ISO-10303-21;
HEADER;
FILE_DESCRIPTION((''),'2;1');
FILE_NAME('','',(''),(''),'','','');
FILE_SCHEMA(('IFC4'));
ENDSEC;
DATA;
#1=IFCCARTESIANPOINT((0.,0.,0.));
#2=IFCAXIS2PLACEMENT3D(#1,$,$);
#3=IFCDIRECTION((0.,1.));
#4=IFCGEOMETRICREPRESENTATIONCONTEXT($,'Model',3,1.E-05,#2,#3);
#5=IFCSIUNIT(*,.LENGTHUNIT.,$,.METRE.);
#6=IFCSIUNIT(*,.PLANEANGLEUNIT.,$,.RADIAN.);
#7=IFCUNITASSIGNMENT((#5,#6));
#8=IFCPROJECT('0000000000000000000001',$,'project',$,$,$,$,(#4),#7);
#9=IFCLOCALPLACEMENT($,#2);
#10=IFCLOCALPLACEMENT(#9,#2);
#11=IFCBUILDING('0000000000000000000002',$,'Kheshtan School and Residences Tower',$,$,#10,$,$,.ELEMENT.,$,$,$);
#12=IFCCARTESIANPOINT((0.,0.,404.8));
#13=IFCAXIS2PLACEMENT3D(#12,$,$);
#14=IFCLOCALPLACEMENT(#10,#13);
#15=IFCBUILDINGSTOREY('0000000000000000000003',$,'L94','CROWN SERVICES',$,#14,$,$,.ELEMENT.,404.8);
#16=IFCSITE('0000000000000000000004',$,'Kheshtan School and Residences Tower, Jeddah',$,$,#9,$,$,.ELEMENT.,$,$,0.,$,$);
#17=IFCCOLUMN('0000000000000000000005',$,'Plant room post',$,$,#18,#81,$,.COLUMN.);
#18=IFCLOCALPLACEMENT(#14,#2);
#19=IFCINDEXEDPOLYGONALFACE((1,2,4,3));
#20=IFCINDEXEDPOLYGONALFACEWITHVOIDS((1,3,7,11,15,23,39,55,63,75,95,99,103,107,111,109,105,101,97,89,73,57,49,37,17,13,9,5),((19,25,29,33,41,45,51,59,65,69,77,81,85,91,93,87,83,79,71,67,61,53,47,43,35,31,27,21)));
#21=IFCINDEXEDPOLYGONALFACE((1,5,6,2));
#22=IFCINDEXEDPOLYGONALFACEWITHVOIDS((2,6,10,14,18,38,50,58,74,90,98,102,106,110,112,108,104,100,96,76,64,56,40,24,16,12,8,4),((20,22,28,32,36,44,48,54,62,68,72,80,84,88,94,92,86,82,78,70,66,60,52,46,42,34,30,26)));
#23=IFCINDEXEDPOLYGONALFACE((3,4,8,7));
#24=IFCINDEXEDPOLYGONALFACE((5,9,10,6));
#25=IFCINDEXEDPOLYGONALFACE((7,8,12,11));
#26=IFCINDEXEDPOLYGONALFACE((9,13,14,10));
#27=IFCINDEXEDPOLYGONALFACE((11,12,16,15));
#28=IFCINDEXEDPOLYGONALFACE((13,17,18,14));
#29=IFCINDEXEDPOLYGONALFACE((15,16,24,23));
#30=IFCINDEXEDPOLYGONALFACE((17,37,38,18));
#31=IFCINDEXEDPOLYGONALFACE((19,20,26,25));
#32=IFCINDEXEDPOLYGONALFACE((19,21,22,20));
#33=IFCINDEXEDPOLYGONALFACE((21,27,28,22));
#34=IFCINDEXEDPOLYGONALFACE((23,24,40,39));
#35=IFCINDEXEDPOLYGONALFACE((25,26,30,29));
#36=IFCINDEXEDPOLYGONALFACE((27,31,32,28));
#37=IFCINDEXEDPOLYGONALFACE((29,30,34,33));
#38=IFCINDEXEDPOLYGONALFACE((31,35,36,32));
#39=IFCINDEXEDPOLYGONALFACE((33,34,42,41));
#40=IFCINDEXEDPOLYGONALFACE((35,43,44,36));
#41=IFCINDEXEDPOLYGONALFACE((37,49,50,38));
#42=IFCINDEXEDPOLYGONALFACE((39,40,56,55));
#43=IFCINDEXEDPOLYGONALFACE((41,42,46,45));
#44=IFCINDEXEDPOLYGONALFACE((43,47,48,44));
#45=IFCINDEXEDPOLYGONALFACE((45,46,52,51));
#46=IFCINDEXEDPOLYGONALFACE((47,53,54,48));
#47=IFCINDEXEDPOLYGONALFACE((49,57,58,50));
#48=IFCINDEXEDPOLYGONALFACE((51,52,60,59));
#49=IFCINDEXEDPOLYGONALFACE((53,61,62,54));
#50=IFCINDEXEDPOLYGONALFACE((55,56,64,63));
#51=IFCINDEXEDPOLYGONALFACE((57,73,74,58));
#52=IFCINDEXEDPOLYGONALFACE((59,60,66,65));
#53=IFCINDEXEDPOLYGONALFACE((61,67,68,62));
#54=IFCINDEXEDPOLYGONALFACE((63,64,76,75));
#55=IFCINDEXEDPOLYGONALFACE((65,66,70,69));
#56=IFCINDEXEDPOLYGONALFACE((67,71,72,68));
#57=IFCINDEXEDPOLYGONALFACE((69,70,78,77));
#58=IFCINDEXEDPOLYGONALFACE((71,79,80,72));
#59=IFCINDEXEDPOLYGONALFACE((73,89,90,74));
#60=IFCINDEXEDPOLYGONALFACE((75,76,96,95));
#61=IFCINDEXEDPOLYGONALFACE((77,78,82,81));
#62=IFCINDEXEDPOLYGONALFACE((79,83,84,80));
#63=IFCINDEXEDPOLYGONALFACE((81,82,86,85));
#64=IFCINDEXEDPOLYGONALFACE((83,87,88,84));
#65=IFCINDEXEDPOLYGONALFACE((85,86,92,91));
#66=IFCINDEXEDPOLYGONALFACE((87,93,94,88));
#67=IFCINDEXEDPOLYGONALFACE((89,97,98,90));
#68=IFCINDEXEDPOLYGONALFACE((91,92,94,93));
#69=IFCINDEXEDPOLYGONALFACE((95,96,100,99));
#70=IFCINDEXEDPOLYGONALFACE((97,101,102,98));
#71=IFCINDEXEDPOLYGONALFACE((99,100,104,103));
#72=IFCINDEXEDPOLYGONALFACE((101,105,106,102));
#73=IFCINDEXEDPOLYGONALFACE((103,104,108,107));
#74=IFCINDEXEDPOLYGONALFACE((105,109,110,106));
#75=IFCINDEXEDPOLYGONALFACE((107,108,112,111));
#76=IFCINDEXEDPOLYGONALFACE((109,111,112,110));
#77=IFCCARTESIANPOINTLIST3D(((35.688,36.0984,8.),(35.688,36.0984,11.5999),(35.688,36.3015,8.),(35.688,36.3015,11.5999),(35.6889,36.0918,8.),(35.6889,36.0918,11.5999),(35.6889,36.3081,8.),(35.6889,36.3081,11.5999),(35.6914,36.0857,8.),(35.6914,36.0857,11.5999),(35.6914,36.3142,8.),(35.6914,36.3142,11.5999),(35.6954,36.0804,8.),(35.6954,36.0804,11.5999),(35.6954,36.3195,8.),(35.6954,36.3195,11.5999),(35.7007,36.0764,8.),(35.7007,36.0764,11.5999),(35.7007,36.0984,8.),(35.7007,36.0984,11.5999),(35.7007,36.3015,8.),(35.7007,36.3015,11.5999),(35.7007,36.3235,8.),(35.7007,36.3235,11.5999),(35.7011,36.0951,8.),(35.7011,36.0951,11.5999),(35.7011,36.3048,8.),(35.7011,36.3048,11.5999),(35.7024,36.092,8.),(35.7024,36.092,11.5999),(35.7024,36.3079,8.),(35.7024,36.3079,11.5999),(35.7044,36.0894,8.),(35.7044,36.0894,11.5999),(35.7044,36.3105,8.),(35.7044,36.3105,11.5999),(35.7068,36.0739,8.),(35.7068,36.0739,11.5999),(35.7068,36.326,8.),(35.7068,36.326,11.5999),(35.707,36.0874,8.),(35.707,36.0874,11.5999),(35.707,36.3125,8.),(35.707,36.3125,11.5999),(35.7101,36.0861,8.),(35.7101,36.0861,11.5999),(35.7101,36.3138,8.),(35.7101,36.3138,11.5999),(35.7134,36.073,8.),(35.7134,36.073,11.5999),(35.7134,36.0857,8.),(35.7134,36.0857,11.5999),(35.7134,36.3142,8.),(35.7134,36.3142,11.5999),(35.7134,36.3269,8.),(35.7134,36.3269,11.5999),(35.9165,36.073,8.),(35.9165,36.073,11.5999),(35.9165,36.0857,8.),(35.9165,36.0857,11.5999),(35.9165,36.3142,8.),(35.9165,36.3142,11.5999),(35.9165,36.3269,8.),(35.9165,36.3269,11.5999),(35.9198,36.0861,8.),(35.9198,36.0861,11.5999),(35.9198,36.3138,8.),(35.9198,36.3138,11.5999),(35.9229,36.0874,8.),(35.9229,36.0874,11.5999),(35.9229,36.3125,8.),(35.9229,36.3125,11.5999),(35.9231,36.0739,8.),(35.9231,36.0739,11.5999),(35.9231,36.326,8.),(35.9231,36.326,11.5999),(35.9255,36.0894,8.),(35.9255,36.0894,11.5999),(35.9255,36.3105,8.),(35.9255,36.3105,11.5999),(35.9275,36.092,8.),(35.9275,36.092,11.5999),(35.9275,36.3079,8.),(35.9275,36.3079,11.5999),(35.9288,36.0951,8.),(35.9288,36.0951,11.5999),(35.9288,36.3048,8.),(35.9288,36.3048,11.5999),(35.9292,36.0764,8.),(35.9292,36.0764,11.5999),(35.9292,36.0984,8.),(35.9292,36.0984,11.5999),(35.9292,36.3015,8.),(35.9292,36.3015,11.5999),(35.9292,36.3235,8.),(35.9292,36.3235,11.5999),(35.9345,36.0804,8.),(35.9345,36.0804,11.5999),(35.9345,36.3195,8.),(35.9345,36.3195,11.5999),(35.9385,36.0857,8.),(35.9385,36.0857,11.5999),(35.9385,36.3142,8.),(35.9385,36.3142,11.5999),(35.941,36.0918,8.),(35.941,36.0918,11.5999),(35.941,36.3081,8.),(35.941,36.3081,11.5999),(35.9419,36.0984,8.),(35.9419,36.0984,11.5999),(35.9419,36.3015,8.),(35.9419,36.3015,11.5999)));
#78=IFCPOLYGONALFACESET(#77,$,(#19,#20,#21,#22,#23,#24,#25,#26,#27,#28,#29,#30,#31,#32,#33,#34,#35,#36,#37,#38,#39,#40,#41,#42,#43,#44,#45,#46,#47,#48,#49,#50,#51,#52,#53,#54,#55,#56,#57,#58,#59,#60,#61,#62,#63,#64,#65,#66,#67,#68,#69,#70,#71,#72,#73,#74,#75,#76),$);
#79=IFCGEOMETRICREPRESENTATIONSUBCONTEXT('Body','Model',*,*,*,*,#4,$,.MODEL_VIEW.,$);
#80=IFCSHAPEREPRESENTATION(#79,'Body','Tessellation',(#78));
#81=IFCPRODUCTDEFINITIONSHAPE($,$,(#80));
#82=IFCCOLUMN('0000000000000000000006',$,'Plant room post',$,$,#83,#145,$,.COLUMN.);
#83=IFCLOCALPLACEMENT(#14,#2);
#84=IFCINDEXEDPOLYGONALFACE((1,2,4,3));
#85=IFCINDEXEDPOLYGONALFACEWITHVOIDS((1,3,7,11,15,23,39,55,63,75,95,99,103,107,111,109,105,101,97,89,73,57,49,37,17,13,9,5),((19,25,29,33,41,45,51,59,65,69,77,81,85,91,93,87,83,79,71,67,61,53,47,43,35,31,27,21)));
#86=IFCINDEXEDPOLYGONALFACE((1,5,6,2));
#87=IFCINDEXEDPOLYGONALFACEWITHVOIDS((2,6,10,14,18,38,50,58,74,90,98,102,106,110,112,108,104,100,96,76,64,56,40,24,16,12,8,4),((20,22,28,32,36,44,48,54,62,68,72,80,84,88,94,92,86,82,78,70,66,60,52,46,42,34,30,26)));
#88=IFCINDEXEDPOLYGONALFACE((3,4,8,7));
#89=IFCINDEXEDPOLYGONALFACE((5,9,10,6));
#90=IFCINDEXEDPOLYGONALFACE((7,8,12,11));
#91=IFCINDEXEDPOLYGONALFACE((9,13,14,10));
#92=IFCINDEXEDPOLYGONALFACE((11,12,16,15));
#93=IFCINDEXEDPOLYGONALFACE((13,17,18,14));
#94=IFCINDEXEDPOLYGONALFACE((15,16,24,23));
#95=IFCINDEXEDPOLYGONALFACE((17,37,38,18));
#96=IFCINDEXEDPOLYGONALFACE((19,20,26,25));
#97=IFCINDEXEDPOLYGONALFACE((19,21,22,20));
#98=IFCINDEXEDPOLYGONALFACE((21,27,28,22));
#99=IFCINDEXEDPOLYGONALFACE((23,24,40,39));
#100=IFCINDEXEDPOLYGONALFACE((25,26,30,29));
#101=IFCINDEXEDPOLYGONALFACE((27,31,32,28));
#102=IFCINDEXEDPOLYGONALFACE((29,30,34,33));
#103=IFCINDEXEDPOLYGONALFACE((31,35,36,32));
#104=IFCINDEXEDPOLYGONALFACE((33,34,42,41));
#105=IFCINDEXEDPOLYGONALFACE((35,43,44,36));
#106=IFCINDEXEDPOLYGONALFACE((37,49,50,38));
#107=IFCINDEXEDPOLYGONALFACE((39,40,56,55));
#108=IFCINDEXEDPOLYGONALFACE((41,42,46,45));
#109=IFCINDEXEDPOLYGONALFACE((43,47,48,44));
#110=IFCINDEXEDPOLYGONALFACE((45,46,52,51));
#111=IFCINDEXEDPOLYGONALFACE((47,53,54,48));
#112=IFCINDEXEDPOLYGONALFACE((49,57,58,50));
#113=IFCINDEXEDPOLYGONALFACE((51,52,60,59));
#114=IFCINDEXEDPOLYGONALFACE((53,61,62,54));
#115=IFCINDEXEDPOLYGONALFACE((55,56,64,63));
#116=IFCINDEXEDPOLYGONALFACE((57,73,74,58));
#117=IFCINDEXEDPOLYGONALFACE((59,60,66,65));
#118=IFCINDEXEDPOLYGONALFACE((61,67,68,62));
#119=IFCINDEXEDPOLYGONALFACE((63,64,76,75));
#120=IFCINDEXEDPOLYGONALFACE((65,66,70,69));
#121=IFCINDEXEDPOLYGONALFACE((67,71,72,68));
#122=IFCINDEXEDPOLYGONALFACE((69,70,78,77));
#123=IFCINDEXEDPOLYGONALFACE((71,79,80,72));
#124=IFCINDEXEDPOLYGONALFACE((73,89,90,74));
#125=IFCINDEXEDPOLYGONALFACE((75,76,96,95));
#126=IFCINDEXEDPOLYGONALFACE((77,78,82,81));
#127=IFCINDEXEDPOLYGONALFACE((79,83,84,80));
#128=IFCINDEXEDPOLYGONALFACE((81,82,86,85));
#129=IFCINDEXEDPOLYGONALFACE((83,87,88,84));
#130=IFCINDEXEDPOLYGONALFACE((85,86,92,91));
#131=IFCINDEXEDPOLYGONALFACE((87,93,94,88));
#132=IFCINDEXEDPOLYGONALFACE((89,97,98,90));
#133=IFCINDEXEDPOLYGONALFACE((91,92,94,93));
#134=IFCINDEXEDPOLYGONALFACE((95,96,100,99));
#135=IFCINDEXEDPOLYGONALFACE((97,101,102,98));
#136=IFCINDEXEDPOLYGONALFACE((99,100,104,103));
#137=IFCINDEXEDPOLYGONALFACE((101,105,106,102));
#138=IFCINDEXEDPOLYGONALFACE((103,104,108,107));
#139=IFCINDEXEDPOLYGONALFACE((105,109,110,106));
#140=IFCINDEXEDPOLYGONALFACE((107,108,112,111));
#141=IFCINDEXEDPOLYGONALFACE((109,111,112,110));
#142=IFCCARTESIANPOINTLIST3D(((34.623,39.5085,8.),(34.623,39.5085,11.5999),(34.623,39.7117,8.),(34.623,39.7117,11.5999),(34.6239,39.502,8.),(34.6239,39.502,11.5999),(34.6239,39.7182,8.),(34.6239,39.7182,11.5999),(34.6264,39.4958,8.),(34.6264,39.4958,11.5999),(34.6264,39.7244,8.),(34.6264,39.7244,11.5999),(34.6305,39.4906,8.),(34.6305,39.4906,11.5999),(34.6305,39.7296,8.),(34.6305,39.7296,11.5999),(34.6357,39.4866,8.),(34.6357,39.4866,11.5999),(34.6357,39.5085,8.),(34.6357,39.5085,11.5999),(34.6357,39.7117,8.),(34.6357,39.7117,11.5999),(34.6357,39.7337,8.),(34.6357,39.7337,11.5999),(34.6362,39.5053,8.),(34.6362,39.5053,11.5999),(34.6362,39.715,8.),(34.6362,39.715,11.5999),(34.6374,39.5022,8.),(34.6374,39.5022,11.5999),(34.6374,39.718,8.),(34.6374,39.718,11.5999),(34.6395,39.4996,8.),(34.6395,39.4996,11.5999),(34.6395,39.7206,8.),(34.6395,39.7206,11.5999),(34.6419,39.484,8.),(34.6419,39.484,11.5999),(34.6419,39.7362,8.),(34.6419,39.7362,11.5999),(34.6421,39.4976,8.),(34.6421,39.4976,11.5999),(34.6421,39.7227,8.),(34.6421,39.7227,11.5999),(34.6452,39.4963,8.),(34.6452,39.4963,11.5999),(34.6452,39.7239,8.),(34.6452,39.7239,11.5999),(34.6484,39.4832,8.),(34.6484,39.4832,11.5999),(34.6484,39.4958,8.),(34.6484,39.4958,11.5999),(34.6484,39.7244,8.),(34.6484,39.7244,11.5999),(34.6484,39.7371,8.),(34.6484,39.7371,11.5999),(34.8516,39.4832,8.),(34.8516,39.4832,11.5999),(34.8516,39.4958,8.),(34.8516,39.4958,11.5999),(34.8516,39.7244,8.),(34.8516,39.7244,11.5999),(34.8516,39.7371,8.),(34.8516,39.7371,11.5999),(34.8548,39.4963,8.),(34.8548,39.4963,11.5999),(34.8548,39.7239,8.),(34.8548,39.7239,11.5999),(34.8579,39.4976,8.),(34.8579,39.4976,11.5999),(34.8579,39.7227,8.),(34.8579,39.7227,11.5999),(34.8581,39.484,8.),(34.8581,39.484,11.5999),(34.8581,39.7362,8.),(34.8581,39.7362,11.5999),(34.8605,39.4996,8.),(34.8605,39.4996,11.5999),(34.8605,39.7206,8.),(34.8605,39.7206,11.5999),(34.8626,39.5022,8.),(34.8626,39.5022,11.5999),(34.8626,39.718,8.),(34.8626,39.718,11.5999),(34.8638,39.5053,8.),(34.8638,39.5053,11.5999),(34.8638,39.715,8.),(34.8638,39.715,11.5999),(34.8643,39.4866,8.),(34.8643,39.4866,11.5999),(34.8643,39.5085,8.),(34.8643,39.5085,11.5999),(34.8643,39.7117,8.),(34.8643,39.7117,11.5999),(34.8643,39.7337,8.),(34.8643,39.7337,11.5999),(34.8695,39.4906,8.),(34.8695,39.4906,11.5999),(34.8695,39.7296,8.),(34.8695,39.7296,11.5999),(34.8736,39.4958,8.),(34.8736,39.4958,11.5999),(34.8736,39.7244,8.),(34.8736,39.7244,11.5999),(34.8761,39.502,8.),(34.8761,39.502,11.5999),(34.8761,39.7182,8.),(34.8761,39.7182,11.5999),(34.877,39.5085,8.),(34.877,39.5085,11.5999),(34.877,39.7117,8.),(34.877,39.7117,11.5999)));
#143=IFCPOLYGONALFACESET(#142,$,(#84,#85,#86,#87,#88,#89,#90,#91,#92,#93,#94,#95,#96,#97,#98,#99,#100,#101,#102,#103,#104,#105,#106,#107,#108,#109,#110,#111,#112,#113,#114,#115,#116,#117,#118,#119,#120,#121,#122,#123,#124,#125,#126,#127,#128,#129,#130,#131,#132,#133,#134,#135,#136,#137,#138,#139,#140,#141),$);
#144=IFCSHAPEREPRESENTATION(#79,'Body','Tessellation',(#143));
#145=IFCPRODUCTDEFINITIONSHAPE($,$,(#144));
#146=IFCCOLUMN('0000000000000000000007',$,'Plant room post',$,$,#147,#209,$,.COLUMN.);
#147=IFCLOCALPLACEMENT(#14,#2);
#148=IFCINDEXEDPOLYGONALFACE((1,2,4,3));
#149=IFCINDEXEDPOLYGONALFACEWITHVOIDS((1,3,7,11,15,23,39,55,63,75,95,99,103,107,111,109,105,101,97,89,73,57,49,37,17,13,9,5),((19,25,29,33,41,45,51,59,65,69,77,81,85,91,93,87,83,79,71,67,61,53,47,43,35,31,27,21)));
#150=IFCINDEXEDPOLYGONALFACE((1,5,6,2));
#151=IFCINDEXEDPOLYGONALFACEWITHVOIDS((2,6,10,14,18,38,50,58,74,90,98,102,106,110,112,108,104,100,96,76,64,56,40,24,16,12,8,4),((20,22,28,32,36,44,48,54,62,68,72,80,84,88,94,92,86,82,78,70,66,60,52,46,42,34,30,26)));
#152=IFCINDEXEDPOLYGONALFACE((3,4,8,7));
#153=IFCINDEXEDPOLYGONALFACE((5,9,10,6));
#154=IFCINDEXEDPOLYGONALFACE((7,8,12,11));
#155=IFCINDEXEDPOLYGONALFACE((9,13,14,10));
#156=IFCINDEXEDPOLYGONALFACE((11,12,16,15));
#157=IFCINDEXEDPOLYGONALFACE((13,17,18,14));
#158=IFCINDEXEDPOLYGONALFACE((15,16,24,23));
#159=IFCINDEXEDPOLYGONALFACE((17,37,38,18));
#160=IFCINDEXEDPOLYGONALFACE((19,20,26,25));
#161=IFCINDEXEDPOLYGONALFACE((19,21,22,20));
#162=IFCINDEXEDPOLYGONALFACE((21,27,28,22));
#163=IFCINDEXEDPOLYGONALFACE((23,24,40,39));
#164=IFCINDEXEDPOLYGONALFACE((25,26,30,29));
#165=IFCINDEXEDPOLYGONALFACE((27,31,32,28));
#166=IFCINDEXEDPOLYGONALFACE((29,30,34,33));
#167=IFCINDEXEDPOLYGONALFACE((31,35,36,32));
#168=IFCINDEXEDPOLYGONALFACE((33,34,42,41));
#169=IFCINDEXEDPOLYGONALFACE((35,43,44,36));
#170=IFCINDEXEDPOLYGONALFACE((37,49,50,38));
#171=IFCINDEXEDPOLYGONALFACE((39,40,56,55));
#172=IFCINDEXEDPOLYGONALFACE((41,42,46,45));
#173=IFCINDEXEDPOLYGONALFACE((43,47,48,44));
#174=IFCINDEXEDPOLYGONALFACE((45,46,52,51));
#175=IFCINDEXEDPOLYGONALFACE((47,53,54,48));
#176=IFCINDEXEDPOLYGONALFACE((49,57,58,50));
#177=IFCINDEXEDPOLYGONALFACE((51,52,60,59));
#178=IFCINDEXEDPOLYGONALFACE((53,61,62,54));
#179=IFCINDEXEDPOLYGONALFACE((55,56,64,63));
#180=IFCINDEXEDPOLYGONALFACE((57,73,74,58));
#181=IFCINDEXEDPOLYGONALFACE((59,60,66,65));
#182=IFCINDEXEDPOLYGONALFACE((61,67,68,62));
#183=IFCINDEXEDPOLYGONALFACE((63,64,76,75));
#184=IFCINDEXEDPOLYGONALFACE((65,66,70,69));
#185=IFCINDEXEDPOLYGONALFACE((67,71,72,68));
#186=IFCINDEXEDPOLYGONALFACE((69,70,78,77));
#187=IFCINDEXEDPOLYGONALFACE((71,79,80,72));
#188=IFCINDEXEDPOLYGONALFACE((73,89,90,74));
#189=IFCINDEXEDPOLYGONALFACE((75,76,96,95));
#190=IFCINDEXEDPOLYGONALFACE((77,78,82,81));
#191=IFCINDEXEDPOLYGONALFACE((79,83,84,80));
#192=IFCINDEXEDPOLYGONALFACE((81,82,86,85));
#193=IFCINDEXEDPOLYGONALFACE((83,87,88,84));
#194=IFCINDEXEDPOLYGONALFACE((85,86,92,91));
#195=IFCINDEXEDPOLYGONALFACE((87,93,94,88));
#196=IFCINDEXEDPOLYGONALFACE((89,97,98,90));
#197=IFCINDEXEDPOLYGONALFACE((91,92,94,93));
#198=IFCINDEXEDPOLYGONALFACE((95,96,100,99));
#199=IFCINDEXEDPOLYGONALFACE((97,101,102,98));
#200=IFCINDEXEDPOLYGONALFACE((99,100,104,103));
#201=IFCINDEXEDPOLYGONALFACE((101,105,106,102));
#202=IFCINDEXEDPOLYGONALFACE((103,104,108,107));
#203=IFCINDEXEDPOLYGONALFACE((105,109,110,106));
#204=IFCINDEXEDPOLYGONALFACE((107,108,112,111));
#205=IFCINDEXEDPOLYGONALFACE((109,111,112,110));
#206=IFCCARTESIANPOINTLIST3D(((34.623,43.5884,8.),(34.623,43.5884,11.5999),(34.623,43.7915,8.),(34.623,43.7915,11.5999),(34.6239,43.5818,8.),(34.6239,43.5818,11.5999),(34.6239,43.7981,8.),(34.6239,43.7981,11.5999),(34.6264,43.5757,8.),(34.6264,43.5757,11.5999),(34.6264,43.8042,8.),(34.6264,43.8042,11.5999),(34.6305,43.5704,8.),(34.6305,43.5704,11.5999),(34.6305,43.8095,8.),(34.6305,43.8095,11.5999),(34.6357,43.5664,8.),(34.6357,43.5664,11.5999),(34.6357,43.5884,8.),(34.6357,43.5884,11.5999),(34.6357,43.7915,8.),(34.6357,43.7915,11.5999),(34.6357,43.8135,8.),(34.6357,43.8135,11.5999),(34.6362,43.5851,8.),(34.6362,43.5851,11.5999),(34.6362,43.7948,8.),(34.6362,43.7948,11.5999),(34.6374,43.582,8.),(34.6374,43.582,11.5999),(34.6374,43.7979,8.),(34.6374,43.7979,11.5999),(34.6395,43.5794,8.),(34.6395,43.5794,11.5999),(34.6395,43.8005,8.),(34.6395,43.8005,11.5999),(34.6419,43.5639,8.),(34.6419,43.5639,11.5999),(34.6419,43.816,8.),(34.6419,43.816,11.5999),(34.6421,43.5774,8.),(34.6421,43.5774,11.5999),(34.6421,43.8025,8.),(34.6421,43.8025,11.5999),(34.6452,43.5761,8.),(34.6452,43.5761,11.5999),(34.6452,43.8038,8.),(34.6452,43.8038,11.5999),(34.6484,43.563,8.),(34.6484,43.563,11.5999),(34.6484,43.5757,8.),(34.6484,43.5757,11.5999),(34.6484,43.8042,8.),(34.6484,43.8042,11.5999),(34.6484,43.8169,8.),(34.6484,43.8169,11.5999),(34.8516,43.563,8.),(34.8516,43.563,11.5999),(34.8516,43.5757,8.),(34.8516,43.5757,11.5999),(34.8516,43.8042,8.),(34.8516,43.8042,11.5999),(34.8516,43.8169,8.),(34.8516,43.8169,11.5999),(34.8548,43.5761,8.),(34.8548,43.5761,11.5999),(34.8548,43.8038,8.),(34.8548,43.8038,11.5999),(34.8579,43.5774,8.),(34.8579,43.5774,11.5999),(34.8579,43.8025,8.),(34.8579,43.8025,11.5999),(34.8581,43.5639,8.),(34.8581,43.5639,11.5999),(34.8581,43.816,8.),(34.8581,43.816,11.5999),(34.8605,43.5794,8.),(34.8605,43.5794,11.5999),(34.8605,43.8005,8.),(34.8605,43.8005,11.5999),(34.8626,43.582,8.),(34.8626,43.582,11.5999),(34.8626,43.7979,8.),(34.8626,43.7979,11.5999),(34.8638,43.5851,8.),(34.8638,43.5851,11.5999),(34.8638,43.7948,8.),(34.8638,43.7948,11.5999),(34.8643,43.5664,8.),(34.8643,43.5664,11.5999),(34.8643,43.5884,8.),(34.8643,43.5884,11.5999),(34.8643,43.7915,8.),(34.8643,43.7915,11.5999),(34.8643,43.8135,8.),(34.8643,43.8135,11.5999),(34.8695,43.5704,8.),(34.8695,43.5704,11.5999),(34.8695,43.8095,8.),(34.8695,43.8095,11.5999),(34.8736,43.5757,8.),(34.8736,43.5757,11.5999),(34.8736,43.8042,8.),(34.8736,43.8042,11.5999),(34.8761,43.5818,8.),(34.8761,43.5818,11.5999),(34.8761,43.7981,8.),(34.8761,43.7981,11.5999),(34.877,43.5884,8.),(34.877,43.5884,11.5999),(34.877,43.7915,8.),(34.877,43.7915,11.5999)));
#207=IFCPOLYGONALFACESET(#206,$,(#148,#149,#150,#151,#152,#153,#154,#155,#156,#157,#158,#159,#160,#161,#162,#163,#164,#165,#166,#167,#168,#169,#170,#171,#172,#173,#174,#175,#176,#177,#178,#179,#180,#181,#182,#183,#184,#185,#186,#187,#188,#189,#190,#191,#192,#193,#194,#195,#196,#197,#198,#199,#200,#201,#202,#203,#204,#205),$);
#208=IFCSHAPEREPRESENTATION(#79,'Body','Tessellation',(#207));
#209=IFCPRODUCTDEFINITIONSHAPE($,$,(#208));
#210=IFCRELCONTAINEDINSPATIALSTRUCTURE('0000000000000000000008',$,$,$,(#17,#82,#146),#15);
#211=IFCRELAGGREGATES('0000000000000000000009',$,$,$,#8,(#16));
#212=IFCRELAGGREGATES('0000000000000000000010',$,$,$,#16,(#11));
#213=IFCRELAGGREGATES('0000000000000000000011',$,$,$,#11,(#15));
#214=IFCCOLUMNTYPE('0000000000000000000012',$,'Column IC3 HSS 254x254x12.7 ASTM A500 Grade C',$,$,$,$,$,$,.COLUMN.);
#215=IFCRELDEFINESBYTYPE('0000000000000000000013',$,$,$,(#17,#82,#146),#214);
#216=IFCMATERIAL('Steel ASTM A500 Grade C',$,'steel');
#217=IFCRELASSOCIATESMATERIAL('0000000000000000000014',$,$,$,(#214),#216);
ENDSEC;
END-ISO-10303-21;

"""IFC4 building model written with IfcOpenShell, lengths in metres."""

from ifc_helpers import new_model, si_unit, direction, frame, origin, origin_2d, place, context, subcontext, project, spatial, hollow_rectangle, extrude, material, material_profile, profile_set, type_object, element, save


model = new_model("IFC4")

# Units and contexts
model_context = context("Model", 3, precision=1e-05, world=origin(), true_north=direction((0.0, 1.0)))
body_context = subcontext(model_context, "Body", "Model", "MODEL_VIEW")
ifc_project = project(units=[si_unit("LENGTHUNIT", "METRE"), si_unit("PLANEANGLEUNIT", "RADIAN")], contexts=[model_context])

# Site, building, storey
site_placement = place(None, origin())
site = spatial("IfcSite", under=ifc_project, at=site_placement, Name="Kheshtan School and Residences Tower, Jeddah", CompositionType="ELEMENT", RefElevation=0.0)
building_placement = place(site_placement, origin())
building = spatial("IfcBuilding", under=site, at=building_placement, Name="Kheshtan School and Residences Tower", CompositionType="ELEMENT")
storey_placement = place(building_placement, frame((0.0, 0.0, 404.8)))
storey = spatial("IfcBuildingStorey", under=building, at=storey_placement, Name="L94", Description="CROWN SERVICES", CompositionType="ELEMENT", Elevation=404.8)

# Columns
ifc_material_1 = material(Name="Steel ASTM A500 Grade C", Category="steel")
ifc_material_profile_1 = material_profile(ifc_material_1, hollow_rectangle(XDim=0.2539, YDim=0.2539, WallThickness=0.0127, InnerFilletRadius=0.0127, OuterFilletRadius=0.0254, at=origin_2d()), Name="HSS 254x254x12.7")
ifc_profile_set_1 = profile_set([ifc_material_profile_1], Name="Steel ASTM A500 Grade C")
column_type_1 = type_object("IfcColumnType", Name="Column IC3 HSS 254x254x12.7 ASTM A500 Grade C", PredefinedType="COLUMN", material=ifc_profile_set_1)
for number, where, z_axis, x_axis, name in (
    (1, (35.8149, 36.2, 8.0), (0.0, 0.0, 1.0), (1.0, 0.0, 0.0), "Plant room post"),
    (2, (34.75, 39.6101, 8.0), (0.0, 0.0, 1.0), (1.0, 0.0, 0.0), "Plant room post"),
    (3, (34.75, 43.6899, 8.0), (0.0, 0.0, 1.0), (1.0, 0.0, 0.0), "Plant room post"),
):
    element("IfcColumn", number, at=place(storey_placement, frame(where, z_axis=z_axis, x_axis=x_axis)), inside=storey, type_object=column_type_1, Name=name, PredefinedType="COLUMN", context=body_context, shape_type="SweptSolid", body=[
        extrude(hollow_rectangle(XDim=0.2539, YDim=0.2539, WallThickness=0.0127, InnerFilletRadius=0.0127, OuterFilletRadius=0.0254, at=origin_2d()), origin(), (0.0, 0.0, 1.0), 3.5999),
    ])

save(model, "model.ifc")
